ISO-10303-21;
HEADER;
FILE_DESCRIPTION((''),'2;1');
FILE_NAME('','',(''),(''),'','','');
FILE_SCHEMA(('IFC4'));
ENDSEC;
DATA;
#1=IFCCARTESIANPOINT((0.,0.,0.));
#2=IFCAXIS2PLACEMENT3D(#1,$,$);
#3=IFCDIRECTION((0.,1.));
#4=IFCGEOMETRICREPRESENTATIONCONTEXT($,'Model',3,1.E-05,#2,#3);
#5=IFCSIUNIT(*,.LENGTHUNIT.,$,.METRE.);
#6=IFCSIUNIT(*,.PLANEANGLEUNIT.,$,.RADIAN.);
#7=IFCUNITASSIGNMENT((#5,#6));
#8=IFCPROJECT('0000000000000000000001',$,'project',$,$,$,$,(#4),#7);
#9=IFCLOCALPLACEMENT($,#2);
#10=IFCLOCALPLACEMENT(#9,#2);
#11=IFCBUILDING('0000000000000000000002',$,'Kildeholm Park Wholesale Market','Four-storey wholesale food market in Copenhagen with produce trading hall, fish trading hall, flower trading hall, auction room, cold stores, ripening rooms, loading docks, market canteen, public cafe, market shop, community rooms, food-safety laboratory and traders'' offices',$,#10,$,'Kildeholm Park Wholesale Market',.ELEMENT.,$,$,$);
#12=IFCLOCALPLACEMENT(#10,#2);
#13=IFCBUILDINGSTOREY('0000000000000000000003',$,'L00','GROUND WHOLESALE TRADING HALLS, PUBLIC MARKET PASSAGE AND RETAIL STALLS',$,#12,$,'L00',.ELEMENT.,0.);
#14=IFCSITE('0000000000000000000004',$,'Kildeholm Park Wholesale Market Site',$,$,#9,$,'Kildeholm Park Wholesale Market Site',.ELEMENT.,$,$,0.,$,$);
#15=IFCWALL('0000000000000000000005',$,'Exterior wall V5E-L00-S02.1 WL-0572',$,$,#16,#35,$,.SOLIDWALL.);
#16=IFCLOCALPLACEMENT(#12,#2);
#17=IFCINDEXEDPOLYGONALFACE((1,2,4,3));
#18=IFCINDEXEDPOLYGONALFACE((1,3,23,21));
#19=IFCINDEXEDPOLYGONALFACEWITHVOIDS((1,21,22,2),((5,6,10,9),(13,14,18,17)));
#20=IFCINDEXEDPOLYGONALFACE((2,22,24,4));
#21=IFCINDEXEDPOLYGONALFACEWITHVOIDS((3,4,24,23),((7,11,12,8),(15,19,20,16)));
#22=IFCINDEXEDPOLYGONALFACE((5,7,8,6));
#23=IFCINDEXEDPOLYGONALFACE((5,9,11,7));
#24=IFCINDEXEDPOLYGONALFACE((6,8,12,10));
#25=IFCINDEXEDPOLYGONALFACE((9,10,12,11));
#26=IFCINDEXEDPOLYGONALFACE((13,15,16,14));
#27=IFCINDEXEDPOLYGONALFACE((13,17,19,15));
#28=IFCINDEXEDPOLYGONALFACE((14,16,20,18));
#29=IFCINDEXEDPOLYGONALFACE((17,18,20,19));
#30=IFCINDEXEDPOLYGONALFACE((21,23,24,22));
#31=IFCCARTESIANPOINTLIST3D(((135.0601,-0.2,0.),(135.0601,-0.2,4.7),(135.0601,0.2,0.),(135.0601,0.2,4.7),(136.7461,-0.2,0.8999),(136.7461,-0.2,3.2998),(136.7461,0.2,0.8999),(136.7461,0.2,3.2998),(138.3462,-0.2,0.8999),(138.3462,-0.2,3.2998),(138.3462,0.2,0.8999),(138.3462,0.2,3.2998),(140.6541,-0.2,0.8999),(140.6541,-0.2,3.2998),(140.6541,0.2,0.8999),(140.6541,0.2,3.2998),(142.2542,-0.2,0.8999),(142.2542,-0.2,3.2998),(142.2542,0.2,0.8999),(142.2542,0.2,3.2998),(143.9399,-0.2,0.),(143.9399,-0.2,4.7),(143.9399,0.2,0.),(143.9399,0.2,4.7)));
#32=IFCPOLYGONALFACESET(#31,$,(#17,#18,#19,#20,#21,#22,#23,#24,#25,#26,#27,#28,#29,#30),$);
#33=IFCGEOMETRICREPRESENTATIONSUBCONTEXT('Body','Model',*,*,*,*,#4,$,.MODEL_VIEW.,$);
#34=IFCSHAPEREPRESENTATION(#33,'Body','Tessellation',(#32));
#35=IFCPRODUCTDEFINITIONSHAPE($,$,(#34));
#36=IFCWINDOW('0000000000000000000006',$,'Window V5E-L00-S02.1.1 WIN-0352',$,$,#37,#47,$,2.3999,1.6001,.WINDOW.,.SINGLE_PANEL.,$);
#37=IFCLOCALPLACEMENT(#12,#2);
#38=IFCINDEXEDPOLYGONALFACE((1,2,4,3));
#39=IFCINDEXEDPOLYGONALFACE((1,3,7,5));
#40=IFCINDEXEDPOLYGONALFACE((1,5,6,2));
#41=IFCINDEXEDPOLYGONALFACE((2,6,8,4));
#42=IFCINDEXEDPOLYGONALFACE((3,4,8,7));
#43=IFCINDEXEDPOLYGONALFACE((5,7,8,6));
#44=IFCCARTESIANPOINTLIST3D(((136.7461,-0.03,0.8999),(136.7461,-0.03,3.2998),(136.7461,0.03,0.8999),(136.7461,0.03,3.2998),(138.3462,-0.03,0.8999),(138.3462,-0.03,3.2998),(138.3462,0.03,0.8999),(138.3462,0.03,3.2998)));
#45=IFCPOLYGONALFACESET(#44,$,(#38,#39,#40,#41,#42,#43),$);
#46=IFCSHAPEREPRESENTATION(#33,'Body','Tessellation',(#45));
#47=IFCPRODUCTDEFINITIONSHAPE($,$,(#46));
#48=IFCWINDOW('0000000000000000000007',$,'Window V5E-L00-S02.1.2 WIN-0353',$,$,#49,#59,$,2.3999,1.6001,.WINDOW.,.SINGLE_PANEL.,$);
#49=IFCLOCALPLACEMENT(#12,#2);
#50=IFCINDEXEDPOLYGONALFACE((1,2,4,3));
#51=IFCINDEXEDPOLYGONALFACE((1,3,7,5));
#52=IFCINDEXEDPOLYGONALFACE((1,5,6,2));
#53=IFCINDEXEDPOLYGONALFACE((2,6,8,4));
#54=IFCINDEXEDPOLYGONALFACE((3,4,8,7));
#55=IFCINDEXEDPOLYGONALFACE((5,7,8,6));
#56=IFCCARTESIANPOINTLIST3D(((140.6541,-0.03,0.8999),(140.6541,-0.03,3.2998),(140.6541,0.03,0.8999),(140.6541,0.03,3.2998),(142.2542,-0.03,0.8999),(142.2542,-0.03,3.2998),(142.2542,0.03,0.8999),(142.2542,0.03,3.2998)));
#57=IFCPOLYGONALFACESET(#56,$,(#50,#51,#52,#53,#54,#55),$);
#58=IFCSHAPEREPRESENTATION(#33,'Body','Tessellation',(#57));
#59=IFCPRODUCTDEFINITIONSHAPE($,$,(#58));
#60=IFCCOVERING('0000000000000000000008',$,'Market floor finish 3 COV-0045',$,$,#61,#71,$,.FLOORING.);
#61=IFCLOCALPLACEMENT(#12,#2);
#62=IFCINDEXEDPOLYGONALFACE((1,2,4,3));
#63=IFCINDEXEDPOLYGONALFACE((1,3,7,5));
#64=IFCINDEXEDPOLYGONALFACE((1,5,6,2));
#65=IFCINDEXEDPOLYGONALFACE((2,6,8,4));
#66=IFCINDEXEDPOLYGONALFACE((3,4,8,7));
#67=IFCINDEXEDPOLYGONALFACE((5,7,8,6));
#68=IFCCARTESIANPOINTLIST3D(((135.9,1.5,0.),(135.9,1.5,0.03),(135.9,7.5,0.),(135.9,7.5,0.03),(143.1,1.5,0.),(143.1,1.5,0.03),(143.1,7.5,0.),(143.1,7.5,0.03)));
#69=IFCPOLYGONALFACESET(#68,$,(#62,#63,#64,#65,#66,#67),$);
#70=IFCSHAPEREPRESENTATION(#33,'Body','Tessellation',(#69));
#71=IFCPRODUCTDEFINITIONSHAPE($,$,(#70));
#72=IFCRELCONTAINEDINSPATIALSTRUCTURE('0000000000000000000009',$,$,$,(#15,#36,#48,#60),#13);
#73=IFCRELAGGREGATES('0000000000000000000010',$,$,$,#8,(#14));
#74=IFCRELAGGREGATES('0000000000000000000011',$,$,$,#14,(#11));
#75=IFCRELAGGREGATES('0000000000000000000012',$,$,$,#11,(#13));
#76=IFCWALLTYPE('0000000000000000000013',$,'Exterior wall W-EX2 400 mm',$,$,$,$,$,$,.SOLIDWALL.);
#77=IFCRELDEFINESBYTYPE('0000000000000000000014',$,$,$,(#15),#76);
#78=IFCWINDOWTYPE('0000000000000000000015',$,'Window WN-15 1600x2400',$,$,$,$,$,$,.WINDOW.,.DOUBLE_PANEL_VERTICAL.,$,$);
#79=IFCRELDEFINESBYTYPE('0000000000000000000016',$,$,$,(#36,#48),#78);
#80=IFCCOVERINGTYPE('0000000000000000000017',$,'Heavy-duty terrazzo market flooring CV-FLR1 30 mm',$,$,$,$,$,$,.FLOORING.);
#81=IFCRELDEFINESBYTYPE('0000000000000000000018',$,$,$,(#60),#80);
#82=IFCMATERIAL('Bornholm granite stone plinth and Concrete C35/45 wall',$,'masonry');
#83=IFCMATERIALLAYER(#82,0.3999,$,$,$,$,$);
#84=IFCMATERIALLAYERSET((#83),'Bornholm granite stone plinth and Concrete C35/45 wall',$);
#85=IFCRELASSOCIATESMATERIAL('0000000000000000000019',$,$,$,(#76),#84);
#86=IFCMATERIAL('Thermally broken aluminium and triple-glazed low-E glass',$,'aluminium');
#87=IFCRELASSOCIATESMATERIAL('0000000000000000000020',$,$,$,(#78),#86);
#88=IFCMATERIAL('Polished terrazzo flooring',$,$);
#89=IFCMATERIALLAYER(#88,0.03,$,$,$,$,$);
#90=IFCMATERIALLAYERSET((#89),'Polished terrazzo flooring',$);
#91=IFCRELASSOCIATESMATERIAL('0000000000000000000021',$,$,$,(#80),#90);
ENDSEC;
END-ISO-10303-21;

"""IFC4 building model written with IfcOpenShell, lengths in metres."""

from ifc_helpers import new_model, si_unit, direction, frame, frame_2d, origin, origin_2d, place, context, subcontext, project, spatial, rectangle, extrude, material, layer, layer_set, type_object, element, fill, save


model = new_model("IFC4")

# Units and contexts
model_context = context("Model", 3, precision=1e-05, world=origin(), true_north=direction((0.0, 1.0)))
body_context = subcontext(model_context, "Body", "Model", "MODEL_VIEW")
ifc_project = project(units=[si_unit("LENGTHUNIT", "METRE"), si_unit("PLANEANGLEUNIT", "RADIAN")], contexts=[model_context])

# Site, building, storey
site_placement = place(None, origin())
site = spatial("IfcSite", under=ifc_project, at=site_placement, Name="Kildeholm Park Wholesale Market Site", LongName="Kildeholm Park Wholesale Market Site", CompositionType="ELEMENT", RefElevation=0.0)
building_placement = place(site_placement, origin())
building = spatial("IfcBuilding", under=site, at=building_placement, Name="Kildeholm Park Wholesale Market", Description="Four-storey wholesale food market in Copenhagen with produce trading hall, fish trading hall, flower trading hall, auction room, cold stores, ripening rooms, loading docks, market canteen, public cafe, market shop, community rooms, food-safety laboratory and traders' offices", LongName="Kildeholm Park Wholesale Market", CompositionType="ELEMENT")
storey_placement = place(building_placement, origin())
storey = spatial("IfcBuildingStorey", under=building, at=storey_placement, Name="L00", Description="GROUND WHOLESALE TRADING HALLS, PUBLIC MARKET PASSAGE AND RETAIL STALLS", LongName="L00", CompositionType="ELEMENT", Elevation=0.0)

# Wall, openings, windows
ifc_material_1 = material(Name="Bornholm granite stone plinth and Concrete C35/45 wall", Category="masonry")
ifc_layer_1 = layer(ifc_material_1, 0.3999)
ifc_layer_set_1 = layer_set([ifc_layer_1], Name="Bornholm granite stone plinth and Concrete C35/45 wall")
wall_type = type_object("IfcWallType", Name="Exterior wall W-EX2 400 mm", PredefinedType="SOLIDWALL", material=ifc_layer_set_1)
wall_placement = place(storey_placement, frame((135.0601, 0.0, 0.0), z_axis=(0.0, 0.0, 1.0), x_axis=(1.0, 0.0, 0.0)))
wall = element("IfcWall", 1, at=wall_placement, inside=storey, type_object=wall_type, Name="Exterior wall V5E-L00-S02.1 WL-0572", PredefinedType="SOLIDWALL", context=body_context, shape_type="SweptSolid", body=[
    extrude(rectangle(XDim=8.8799, YDim=0.3999, at=frame_2d((4.4399, 0.0))), origin(), (0.0, 0.0, 1.0), 4.7),
])
opening_1_placement = place(wall_placement, frame((1.686, 0.0, 0.8999)))
opening_1 = element("IfcOpeningElement", 2, at=opening_1_placement, cuts=wall, PredefinedType="OPENING", context=body_context, shape_type="SweptSolid", body=[
    extrude(rectangle(XDim=1.6001, YDim=2.3999, at=frame_2d((0.8, 1.2))), frame((0.0, 0.21, 0.0), z_axis=(0.0, -1.0, 0.0), x_axis=(1.0, 0.0, 0.0)), (0.0, 0.0, 1.0), 0.4199),
])
opening_2_placement = place(wall_placement, frame((5.594, 0.0, 0.8999)))
opening_2 = element("IfcOpeningElement", 3, at=opening_2_placement, cuts=wall, PredefinedType="OPENING", context=body_context, shape_type="SweptSolid", body=[
    extrude(rectangle(XDim=1.6001, YDim=2.3999, at=frame_2d((0.8, 1.2))), frame((0.0, 0.21, 0.0), z_axis=(0.0, -1.0, 0.0), x_axis=(1.0, 0.0, 0.0)), (0.0, 0.0, 1.0), 0.4199),
])
ifc_material_2 = material(Name="Thermally broken aluminium and triple-glazed low-E glass", Category="aluminium")
window_type = type_object("IfcWindowType", Name="Window WN-15 1600x2400", PartitioningType="DOUBLE_PANEL_VERTICAL", PredefinedType="WINDOW", material=ifc_material_2)
window_1_placement = place(opening_1_placement, origin())
window_1 = element("IfcWindow", 4, at=window_1_placement, inside=storey, type_object=window_type, Name="Window V5E-L00-S02.1.1 WIN-0352", OverallHeight=2.3999, OverallWidth=1.6001, PartitioningType="SINGLE_PANEL", PredefinedType="WINDOW", context=body_context, shape_type="SweptSolid", body=[
    extrude(rectangle(XDim=1.6001, YDim=2.3999, at=frame_2d((0.8, 1.2))), frame((0.0, 0.03, 0.0), z_axis=(0.0, -1.0, 0.0), x_axis=(1.0, 0.0, 0.0)), (0.0, 0.0, 1.0), 0.0601),
])
fill(opening_1, window_1)
window_2_placement = place(opening_2_placement, origin())
window_2 = element("IfcWindow", 5, at=window_2_placement, inside=storey, type_object=window_type, Name="Window V5E-L00-S02.1.2 WIN-0353", OverallHeight=2.3999, OverallWidth=1.6001, PartitioningType="SINGLE_PANEL", PredefinedType="WINDOW", context=body_context, shape_type="SweptSolid", body=[
    extrude(rectangle(XDim=1.6001, YDim=2.3999, at=frame_2d((0.8, 1.2))), frame((0.0, 0.03, 0.0), z_axis=(0.0, -1.0, 0.0), x_axis=(1.0, 0.0, 0.0)), (0.0, 0.0, 1.0), 0.0601),
])
fill(opening_2, window_2)

# Covering
ifc_material_3 = material(Name="Polished terrazzo flooring")
ifc_layer_2 = layer(ifc_material_3, 0.03)
ifc_layer_set_2 = layer_set([ifc_layer_2], Name="Polished terrazzo flooring")
covering_type = type_object("IfcCoveringType", Name="Heavy-duty terrazzo market flooring CV-FLR1 30 mm", PredefinedType="FLOORING", material=ifc_layer_set_2)
covering_placement = place(storey_placement, frame((139.5, 4.5, 0.0), z_axis=(0.0, 0.0, 1.0), x_axis=(1.0, 0.0, 0.0)))
element("IfcCovering", 6, at=covering_placement, inside=storey, type_object=covering_type, Name="Market floor finish 3 COV-0045", PredefinedType="FLOORING", context=body_context, shape_type="SweptSolid", body=[
    extrude(rectangle(XDim=7.2, YDim=6.0, at=origin_2d()), origin(), (0.0, 0.0, 1.0), 0.03),
])

save(model, "model.ifc")
